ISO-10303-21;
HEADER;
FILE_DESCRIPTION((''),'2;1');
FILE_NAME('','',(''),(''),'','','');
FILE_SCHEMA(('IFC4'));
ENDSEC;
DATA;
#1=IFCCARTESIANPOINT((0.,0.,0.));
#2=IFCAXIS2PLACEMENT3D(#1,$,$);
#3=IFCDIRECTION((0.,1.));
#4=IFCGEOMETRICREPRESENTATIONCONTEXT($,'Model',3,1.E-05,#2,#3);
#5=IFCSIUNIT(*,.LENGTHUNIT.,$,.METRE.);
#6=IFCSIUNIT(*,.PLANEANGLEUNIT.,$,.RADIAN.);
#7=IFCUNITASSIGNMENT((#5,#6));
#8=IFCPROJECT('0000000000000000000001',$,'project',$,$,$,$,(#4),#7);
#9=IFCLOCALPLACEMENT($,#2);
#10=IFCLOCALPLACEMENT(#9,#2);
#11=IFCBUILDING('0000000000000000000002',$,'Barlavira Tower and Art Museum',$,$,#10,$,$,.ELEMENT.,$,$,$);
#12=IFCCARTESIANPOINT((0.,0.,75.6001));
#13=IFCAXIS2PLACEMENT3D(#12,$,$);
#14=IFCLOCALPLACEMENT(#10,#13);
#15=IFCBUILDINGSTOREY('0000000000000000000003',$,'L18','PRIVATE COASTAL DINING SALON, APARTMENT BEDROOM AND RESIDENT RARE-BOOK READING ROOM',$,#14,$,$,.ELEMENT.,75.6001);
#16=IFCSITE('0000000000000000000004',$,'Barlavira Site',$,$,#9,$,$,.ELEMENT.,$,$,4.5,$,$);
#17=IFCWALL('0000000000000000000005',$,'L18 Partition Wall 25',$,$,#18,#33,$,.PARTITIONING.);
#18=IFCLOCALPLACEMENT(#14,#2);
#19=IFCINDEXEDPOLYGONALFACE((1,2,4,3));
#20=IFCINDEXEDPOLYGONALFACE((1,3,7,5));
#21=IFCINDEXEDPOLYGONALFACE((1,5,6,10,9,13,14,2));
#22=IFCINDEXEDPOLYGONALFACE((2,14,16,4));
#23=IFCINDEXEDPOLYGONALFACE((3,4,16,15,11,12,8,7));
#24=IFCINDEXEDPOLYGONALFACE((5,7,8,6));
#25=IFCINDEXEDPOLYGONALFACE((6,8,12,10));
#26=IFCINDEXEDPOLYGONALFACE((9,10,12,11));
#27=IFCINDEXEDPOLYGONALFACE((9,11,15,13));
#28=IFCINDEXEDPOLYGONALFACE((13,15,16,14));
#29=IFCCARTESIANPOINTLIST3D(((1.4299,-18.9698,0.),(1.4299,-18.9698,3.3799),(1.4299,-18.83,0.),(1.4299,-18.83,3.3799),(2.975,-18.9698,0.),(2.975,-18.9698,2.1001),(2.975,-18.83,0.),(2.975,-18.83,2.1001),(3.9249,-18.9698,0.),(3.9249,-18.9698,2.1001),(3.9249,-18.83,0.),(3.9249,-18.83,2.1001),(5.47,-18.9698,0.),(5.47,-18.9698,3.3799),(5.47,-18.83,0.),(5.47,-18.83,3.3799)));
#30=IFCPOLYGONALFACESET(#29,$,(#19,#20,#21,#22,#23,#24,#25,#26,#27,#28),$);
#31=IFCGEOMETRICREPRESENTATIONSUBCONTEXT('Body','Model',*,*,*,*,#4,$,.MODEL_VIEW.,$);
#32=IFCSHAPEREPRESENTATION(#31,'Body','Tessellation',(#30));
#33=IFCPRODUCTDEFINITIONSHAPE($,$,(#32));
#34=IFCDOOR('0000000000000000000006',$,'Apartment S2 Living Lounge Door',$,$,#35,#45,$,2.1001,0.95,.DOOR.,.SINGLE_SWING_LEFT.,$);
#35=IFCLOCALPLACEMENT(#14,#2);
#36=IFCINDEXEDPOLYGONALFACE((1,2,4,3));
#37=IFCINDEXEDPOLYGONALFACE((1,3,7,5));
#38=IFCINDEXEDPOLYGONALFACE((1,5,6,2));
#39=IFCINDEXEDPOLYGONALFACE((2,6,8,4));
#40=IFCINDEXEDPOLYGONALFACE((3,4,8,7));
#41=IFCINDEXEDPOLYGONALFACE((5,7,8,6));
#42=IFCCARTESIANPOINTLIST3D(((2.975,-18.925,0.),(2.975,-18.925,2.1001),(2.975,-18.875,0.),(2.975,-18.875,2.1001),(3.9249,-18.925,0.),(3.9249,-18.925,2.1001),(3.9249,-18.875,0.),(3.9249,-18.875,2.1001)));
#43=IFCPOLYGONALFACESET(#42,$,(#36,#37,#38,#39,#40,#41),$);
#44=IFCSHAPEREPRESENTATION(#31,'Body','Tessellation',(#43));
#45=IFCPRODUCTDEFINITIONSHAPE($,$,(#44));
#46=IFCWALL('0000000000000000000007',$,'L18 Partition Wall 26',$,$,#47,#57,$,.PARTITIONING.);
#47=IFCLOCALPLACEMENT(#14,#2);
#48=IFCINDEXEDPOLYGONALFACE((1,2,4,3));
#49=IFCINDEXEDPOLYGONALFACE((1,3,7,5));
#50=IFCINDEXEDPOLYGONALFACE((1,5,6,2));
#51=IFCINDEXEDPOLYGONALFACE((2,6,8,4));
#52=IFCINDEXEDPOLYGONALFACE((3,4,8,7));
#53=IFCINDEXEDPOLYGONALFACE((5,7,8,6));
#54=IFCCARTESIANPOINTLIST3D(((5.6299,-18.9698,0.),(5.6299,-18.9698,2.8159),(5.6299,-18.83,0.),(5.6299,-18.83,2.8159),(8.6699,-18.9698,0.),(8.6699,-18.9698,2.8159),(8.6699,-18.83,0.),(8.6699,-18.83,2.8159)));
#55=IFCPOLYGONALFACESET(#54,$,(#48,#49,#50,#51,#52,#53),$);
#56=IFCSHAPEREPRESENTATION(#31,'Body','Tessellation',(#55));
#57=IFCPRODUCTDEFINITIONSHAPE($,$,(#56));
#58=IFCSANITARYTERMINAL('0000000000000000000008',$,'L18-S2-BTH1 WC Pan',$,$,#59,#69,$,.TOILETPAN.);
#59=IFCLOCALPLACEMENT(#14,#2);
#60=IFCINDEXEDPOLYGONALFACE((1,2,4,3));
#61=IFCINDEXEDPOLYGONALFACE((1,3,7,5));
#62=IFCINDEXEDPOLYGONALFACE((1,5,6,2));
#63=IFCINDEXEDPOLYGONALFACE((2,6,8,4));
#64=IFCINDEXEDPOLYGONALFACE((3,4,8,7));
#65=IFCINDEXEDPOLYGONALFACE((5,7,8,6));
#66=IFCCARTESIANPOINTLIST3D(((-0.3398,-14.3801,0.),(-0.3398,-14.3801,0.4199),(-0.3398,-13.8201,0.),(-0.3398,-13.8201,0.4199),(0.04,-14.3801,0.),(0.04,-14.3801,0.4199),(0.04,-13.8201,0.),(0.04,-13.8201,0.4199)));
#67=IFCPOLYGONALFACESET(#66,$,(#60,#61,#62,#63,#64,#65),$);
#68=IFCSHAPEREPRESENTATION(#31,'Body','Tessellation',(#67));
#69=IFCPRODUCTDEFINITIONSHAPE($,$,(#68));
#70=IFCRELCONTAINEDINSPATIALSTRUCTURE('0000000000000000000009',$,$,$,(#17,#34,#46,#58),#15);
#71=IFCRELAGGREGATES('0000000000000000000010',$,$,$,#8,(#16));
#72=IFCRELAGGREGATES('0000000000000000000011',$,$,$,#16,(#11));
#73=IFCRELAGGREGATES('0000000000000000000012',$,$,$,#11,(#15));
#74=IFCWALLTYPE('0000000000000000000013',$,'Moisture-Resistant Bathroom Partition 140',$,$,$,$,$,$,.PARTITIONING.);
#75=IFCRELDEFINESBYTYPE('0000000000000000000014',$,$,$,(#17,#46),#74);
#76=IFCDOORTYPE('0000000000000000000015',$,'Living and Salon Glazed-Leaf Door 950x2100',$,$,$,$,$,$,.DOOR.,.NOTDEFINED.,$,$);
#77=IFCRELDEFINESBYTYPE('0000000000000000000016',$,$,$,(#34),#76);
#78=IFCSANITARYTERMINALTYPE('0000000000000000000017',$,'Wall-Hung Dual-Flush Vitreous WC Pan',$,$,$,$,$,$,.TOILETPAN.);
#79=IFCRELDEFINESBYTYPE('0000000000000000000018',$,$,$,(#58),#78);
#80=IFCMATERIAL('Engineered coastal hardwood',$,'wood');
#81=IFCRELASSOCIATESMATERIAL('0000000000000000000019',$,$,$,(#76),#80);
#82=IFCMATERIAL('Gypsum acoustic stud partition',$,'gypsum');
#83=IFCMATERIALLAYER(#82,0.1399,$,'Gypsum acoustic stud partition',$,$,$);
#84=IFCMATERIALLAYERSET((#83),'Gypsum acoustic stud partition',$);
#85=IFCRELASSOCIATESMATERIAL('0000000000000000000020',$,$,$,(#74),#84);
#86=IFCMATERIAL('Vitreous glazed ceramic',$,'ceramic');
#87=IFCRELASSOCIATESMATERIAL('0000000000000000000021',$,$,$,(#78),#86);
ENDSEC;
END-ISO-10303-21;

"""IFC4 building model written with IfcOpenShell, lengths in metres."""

from ifc_helpers import new_model, si_unit, direction, frame, frame_2d, origin, origin_2d, place, context, subcontext, project, spatial, rectangle, extrude, material, layer, layer_set, type_object, element, fill, save


model = new_model("IFC4")

# Units and contexts
model_context = context("Model", 3, precision=1e-05, world=origin(), true_north=direction((0.0, 1.0)))
body_context = subcontext(model_context, "Body", "Model", "MODEL_VIEW")
ifc_project = project(units=[si_unit("LENGTHUNIT", "METRE"), si_unit("PLANEANGLEUNIT", "RADIAN")], contexts=[model_context])

# Site, building, storey
site_placement = place(None, origin())
site = spatial("IfcSite", under=ifc_project, at=site_placement, Name="Barlavira Site", CompositionType="ELEMENT", RefElevation=4.5)
building_placement = place(site_placement, origin())
building = spatial("IfcBuilding", under=site, at=building_placement, Name="Barlavira Tower and Art Museum", CompositionType="ELEMENT")
storey_placement = place(building_placement, frame((0.0, 0.0, 75.6001)))
storey = spatial("IfcBuildingStorey", under=building, at=storey_placement, Name="L18", Description="PRIVATE COASTAL DINING SALON, APARTMENT BEDROOM AND RESIDENT RARE-BOOK READING ROOM", CompositionType="ELEMENT", Elevation=75.6001)

# Shared definitions
ifc_material_1 = material(Name="Gypsum acoustic stud partition", Category="gypsum")
ifc_material_2 = material(Name="Engineered coastal hardwood", Category="wood")
door_type_1 = type_object("IfcDoorType", Name="Living and Salon Glazed-Leaf Door 950x2100", OperationType="NOTDEFINED", PredefinedType="DOOR", material=ifc_material_2)

# Shared definitions
ifc_layer_1 = layer(ifc_material_1, 0.1399, Name="Gypsum acoustic stud partition")
ifc_layer_set_1 = layer_set([ifc_layer_1], Name="Gypsum acoustic stud partition")
wall_type_1 = type_object("IfcWallType", Name="Moisture-Resistant Bathroom Partition 140", PredefinedType="PARTITIONING", material=ifc_layer_set_1)

# Wall, opening, door
wall_1_placement = place(storey_placement, frame((1.4299, -18.8999, 0.0), z_axis=(0.0, 0.0, 1.0), x_axis=(1.0, 0.0, 0.0)))
wall_1 = element("IfcWall", 1, at=wall_1_placement, inside=storey, type_object=wall_type_1, Name="L18 Partition Wall 25", PredefinedType="PARTITIONING", context=body_context, shape_type="SweptSolid", body=[
    extrude(rectangle(XDim=4.04, YDim=0.1399, at=frame_2d((2.02, 0.0))), origin(), (0.0, 0.0, 1.0), 3.3799),
])
opening_1_placement = place(wall_1_placement, frame((1.5449, 0.0, 0.0)))
opening_1 = element("IfcOpeningElement", 2, at=opening_1_placement, cuts=wall_1, PredefinedType="OPENING", context=body_context, shape_type="SweptSolid", body=[
    extrude(rectangle(XDim=0.95, YDim=2.1001, at=frame_2d((0.4751, 1.05))), frame((0.0, 0.0801, 0.0), z_axis=(0.0, -1.0, 0.0), x_axis=(1.0, 0.0, 0.0)), (0.0, 0.0, 1.0), 0.1599),
])
door_1_placement = place(opening_1_placement, origin())
door_1 = element("IfcDoor", 3, at=door_1_placement, inside=storey, type_object=door_type_1, Name="Apartment S2 Living Lounge Door", OperationType="SINGLE_SWING_LEFT", OverallHeight=2.1001, OverallWidth=0.95, PredefinedType="DOOR", context=body_context, shape_type="SweptSolid", body=[
    extrude(rectangle(XDim=0.95, YDim=2.1001, at=frame_2d((0.4751, 1.05))), frame((0.0, 0.0249, 0.0), z_axis=(0.0, -1.0, 0.0), x_axis=(1.0, 0.0, 0.0)), (0.0, 0.0, 1.0), 0.05),
])
fill(opening_1, door_1)

# Wall
wall_2_placement = place(storey_placement, frame((5.6299, -18.8999, 0.0), z_axis=(0.0, 0.0, 1.0), x_axis=(1.0, 0.0, 0.0)))
element("IfcWall", 4, at=wall_2_placement, inside=storey, type_object=wall_type_1, Name="L18 Partition Wall 26", PredefinedType="PARTITIONING", context=body_context, shape_type="SweptSolid", body=[
    extrude(rectangle(XDim=3.04, YDim=0.1399, at=frame_2d((1.52, 0.0))), origin(), (0.0, 0.0, 1.0), 2.8159),
])

# Sanitary terminal
ifc_material_3 = material(Name="Vitreous glazed ceramic", Category="ceramic")
sanitary_terminal_type = type_object("IfcSanitaryTerminalType", Name="Wall-Hung Dual-Flush Vitreous WC Pan", PredefinedType="TOILETPAN", material=ifc_material_3)
sanitary_terminal_placement = place(storey_placement, frame((-0.1499, -14.1001, 0.0), z_axis=(0.0, 0.0, 1.0), x_axis=(1.0, 0.0, 0.0)))
element("IfcSanitaryTerminal", 5, at=sanitary_terminal_placement, inside=storey, type_object=sanitary_terminal_type, Name="L18-S2-BTH1 WC Pan", PredefinedType="TOILETPAN", context=body_context, shape_type="SweptSolid", body=[
    extrude(rectangle(XDim=0.3799, YDim=0.5601, at=origin_2d()), origin(), (0.0, 0.0, 1.0), 0.4199),
])

save(model, "model.ifc")
